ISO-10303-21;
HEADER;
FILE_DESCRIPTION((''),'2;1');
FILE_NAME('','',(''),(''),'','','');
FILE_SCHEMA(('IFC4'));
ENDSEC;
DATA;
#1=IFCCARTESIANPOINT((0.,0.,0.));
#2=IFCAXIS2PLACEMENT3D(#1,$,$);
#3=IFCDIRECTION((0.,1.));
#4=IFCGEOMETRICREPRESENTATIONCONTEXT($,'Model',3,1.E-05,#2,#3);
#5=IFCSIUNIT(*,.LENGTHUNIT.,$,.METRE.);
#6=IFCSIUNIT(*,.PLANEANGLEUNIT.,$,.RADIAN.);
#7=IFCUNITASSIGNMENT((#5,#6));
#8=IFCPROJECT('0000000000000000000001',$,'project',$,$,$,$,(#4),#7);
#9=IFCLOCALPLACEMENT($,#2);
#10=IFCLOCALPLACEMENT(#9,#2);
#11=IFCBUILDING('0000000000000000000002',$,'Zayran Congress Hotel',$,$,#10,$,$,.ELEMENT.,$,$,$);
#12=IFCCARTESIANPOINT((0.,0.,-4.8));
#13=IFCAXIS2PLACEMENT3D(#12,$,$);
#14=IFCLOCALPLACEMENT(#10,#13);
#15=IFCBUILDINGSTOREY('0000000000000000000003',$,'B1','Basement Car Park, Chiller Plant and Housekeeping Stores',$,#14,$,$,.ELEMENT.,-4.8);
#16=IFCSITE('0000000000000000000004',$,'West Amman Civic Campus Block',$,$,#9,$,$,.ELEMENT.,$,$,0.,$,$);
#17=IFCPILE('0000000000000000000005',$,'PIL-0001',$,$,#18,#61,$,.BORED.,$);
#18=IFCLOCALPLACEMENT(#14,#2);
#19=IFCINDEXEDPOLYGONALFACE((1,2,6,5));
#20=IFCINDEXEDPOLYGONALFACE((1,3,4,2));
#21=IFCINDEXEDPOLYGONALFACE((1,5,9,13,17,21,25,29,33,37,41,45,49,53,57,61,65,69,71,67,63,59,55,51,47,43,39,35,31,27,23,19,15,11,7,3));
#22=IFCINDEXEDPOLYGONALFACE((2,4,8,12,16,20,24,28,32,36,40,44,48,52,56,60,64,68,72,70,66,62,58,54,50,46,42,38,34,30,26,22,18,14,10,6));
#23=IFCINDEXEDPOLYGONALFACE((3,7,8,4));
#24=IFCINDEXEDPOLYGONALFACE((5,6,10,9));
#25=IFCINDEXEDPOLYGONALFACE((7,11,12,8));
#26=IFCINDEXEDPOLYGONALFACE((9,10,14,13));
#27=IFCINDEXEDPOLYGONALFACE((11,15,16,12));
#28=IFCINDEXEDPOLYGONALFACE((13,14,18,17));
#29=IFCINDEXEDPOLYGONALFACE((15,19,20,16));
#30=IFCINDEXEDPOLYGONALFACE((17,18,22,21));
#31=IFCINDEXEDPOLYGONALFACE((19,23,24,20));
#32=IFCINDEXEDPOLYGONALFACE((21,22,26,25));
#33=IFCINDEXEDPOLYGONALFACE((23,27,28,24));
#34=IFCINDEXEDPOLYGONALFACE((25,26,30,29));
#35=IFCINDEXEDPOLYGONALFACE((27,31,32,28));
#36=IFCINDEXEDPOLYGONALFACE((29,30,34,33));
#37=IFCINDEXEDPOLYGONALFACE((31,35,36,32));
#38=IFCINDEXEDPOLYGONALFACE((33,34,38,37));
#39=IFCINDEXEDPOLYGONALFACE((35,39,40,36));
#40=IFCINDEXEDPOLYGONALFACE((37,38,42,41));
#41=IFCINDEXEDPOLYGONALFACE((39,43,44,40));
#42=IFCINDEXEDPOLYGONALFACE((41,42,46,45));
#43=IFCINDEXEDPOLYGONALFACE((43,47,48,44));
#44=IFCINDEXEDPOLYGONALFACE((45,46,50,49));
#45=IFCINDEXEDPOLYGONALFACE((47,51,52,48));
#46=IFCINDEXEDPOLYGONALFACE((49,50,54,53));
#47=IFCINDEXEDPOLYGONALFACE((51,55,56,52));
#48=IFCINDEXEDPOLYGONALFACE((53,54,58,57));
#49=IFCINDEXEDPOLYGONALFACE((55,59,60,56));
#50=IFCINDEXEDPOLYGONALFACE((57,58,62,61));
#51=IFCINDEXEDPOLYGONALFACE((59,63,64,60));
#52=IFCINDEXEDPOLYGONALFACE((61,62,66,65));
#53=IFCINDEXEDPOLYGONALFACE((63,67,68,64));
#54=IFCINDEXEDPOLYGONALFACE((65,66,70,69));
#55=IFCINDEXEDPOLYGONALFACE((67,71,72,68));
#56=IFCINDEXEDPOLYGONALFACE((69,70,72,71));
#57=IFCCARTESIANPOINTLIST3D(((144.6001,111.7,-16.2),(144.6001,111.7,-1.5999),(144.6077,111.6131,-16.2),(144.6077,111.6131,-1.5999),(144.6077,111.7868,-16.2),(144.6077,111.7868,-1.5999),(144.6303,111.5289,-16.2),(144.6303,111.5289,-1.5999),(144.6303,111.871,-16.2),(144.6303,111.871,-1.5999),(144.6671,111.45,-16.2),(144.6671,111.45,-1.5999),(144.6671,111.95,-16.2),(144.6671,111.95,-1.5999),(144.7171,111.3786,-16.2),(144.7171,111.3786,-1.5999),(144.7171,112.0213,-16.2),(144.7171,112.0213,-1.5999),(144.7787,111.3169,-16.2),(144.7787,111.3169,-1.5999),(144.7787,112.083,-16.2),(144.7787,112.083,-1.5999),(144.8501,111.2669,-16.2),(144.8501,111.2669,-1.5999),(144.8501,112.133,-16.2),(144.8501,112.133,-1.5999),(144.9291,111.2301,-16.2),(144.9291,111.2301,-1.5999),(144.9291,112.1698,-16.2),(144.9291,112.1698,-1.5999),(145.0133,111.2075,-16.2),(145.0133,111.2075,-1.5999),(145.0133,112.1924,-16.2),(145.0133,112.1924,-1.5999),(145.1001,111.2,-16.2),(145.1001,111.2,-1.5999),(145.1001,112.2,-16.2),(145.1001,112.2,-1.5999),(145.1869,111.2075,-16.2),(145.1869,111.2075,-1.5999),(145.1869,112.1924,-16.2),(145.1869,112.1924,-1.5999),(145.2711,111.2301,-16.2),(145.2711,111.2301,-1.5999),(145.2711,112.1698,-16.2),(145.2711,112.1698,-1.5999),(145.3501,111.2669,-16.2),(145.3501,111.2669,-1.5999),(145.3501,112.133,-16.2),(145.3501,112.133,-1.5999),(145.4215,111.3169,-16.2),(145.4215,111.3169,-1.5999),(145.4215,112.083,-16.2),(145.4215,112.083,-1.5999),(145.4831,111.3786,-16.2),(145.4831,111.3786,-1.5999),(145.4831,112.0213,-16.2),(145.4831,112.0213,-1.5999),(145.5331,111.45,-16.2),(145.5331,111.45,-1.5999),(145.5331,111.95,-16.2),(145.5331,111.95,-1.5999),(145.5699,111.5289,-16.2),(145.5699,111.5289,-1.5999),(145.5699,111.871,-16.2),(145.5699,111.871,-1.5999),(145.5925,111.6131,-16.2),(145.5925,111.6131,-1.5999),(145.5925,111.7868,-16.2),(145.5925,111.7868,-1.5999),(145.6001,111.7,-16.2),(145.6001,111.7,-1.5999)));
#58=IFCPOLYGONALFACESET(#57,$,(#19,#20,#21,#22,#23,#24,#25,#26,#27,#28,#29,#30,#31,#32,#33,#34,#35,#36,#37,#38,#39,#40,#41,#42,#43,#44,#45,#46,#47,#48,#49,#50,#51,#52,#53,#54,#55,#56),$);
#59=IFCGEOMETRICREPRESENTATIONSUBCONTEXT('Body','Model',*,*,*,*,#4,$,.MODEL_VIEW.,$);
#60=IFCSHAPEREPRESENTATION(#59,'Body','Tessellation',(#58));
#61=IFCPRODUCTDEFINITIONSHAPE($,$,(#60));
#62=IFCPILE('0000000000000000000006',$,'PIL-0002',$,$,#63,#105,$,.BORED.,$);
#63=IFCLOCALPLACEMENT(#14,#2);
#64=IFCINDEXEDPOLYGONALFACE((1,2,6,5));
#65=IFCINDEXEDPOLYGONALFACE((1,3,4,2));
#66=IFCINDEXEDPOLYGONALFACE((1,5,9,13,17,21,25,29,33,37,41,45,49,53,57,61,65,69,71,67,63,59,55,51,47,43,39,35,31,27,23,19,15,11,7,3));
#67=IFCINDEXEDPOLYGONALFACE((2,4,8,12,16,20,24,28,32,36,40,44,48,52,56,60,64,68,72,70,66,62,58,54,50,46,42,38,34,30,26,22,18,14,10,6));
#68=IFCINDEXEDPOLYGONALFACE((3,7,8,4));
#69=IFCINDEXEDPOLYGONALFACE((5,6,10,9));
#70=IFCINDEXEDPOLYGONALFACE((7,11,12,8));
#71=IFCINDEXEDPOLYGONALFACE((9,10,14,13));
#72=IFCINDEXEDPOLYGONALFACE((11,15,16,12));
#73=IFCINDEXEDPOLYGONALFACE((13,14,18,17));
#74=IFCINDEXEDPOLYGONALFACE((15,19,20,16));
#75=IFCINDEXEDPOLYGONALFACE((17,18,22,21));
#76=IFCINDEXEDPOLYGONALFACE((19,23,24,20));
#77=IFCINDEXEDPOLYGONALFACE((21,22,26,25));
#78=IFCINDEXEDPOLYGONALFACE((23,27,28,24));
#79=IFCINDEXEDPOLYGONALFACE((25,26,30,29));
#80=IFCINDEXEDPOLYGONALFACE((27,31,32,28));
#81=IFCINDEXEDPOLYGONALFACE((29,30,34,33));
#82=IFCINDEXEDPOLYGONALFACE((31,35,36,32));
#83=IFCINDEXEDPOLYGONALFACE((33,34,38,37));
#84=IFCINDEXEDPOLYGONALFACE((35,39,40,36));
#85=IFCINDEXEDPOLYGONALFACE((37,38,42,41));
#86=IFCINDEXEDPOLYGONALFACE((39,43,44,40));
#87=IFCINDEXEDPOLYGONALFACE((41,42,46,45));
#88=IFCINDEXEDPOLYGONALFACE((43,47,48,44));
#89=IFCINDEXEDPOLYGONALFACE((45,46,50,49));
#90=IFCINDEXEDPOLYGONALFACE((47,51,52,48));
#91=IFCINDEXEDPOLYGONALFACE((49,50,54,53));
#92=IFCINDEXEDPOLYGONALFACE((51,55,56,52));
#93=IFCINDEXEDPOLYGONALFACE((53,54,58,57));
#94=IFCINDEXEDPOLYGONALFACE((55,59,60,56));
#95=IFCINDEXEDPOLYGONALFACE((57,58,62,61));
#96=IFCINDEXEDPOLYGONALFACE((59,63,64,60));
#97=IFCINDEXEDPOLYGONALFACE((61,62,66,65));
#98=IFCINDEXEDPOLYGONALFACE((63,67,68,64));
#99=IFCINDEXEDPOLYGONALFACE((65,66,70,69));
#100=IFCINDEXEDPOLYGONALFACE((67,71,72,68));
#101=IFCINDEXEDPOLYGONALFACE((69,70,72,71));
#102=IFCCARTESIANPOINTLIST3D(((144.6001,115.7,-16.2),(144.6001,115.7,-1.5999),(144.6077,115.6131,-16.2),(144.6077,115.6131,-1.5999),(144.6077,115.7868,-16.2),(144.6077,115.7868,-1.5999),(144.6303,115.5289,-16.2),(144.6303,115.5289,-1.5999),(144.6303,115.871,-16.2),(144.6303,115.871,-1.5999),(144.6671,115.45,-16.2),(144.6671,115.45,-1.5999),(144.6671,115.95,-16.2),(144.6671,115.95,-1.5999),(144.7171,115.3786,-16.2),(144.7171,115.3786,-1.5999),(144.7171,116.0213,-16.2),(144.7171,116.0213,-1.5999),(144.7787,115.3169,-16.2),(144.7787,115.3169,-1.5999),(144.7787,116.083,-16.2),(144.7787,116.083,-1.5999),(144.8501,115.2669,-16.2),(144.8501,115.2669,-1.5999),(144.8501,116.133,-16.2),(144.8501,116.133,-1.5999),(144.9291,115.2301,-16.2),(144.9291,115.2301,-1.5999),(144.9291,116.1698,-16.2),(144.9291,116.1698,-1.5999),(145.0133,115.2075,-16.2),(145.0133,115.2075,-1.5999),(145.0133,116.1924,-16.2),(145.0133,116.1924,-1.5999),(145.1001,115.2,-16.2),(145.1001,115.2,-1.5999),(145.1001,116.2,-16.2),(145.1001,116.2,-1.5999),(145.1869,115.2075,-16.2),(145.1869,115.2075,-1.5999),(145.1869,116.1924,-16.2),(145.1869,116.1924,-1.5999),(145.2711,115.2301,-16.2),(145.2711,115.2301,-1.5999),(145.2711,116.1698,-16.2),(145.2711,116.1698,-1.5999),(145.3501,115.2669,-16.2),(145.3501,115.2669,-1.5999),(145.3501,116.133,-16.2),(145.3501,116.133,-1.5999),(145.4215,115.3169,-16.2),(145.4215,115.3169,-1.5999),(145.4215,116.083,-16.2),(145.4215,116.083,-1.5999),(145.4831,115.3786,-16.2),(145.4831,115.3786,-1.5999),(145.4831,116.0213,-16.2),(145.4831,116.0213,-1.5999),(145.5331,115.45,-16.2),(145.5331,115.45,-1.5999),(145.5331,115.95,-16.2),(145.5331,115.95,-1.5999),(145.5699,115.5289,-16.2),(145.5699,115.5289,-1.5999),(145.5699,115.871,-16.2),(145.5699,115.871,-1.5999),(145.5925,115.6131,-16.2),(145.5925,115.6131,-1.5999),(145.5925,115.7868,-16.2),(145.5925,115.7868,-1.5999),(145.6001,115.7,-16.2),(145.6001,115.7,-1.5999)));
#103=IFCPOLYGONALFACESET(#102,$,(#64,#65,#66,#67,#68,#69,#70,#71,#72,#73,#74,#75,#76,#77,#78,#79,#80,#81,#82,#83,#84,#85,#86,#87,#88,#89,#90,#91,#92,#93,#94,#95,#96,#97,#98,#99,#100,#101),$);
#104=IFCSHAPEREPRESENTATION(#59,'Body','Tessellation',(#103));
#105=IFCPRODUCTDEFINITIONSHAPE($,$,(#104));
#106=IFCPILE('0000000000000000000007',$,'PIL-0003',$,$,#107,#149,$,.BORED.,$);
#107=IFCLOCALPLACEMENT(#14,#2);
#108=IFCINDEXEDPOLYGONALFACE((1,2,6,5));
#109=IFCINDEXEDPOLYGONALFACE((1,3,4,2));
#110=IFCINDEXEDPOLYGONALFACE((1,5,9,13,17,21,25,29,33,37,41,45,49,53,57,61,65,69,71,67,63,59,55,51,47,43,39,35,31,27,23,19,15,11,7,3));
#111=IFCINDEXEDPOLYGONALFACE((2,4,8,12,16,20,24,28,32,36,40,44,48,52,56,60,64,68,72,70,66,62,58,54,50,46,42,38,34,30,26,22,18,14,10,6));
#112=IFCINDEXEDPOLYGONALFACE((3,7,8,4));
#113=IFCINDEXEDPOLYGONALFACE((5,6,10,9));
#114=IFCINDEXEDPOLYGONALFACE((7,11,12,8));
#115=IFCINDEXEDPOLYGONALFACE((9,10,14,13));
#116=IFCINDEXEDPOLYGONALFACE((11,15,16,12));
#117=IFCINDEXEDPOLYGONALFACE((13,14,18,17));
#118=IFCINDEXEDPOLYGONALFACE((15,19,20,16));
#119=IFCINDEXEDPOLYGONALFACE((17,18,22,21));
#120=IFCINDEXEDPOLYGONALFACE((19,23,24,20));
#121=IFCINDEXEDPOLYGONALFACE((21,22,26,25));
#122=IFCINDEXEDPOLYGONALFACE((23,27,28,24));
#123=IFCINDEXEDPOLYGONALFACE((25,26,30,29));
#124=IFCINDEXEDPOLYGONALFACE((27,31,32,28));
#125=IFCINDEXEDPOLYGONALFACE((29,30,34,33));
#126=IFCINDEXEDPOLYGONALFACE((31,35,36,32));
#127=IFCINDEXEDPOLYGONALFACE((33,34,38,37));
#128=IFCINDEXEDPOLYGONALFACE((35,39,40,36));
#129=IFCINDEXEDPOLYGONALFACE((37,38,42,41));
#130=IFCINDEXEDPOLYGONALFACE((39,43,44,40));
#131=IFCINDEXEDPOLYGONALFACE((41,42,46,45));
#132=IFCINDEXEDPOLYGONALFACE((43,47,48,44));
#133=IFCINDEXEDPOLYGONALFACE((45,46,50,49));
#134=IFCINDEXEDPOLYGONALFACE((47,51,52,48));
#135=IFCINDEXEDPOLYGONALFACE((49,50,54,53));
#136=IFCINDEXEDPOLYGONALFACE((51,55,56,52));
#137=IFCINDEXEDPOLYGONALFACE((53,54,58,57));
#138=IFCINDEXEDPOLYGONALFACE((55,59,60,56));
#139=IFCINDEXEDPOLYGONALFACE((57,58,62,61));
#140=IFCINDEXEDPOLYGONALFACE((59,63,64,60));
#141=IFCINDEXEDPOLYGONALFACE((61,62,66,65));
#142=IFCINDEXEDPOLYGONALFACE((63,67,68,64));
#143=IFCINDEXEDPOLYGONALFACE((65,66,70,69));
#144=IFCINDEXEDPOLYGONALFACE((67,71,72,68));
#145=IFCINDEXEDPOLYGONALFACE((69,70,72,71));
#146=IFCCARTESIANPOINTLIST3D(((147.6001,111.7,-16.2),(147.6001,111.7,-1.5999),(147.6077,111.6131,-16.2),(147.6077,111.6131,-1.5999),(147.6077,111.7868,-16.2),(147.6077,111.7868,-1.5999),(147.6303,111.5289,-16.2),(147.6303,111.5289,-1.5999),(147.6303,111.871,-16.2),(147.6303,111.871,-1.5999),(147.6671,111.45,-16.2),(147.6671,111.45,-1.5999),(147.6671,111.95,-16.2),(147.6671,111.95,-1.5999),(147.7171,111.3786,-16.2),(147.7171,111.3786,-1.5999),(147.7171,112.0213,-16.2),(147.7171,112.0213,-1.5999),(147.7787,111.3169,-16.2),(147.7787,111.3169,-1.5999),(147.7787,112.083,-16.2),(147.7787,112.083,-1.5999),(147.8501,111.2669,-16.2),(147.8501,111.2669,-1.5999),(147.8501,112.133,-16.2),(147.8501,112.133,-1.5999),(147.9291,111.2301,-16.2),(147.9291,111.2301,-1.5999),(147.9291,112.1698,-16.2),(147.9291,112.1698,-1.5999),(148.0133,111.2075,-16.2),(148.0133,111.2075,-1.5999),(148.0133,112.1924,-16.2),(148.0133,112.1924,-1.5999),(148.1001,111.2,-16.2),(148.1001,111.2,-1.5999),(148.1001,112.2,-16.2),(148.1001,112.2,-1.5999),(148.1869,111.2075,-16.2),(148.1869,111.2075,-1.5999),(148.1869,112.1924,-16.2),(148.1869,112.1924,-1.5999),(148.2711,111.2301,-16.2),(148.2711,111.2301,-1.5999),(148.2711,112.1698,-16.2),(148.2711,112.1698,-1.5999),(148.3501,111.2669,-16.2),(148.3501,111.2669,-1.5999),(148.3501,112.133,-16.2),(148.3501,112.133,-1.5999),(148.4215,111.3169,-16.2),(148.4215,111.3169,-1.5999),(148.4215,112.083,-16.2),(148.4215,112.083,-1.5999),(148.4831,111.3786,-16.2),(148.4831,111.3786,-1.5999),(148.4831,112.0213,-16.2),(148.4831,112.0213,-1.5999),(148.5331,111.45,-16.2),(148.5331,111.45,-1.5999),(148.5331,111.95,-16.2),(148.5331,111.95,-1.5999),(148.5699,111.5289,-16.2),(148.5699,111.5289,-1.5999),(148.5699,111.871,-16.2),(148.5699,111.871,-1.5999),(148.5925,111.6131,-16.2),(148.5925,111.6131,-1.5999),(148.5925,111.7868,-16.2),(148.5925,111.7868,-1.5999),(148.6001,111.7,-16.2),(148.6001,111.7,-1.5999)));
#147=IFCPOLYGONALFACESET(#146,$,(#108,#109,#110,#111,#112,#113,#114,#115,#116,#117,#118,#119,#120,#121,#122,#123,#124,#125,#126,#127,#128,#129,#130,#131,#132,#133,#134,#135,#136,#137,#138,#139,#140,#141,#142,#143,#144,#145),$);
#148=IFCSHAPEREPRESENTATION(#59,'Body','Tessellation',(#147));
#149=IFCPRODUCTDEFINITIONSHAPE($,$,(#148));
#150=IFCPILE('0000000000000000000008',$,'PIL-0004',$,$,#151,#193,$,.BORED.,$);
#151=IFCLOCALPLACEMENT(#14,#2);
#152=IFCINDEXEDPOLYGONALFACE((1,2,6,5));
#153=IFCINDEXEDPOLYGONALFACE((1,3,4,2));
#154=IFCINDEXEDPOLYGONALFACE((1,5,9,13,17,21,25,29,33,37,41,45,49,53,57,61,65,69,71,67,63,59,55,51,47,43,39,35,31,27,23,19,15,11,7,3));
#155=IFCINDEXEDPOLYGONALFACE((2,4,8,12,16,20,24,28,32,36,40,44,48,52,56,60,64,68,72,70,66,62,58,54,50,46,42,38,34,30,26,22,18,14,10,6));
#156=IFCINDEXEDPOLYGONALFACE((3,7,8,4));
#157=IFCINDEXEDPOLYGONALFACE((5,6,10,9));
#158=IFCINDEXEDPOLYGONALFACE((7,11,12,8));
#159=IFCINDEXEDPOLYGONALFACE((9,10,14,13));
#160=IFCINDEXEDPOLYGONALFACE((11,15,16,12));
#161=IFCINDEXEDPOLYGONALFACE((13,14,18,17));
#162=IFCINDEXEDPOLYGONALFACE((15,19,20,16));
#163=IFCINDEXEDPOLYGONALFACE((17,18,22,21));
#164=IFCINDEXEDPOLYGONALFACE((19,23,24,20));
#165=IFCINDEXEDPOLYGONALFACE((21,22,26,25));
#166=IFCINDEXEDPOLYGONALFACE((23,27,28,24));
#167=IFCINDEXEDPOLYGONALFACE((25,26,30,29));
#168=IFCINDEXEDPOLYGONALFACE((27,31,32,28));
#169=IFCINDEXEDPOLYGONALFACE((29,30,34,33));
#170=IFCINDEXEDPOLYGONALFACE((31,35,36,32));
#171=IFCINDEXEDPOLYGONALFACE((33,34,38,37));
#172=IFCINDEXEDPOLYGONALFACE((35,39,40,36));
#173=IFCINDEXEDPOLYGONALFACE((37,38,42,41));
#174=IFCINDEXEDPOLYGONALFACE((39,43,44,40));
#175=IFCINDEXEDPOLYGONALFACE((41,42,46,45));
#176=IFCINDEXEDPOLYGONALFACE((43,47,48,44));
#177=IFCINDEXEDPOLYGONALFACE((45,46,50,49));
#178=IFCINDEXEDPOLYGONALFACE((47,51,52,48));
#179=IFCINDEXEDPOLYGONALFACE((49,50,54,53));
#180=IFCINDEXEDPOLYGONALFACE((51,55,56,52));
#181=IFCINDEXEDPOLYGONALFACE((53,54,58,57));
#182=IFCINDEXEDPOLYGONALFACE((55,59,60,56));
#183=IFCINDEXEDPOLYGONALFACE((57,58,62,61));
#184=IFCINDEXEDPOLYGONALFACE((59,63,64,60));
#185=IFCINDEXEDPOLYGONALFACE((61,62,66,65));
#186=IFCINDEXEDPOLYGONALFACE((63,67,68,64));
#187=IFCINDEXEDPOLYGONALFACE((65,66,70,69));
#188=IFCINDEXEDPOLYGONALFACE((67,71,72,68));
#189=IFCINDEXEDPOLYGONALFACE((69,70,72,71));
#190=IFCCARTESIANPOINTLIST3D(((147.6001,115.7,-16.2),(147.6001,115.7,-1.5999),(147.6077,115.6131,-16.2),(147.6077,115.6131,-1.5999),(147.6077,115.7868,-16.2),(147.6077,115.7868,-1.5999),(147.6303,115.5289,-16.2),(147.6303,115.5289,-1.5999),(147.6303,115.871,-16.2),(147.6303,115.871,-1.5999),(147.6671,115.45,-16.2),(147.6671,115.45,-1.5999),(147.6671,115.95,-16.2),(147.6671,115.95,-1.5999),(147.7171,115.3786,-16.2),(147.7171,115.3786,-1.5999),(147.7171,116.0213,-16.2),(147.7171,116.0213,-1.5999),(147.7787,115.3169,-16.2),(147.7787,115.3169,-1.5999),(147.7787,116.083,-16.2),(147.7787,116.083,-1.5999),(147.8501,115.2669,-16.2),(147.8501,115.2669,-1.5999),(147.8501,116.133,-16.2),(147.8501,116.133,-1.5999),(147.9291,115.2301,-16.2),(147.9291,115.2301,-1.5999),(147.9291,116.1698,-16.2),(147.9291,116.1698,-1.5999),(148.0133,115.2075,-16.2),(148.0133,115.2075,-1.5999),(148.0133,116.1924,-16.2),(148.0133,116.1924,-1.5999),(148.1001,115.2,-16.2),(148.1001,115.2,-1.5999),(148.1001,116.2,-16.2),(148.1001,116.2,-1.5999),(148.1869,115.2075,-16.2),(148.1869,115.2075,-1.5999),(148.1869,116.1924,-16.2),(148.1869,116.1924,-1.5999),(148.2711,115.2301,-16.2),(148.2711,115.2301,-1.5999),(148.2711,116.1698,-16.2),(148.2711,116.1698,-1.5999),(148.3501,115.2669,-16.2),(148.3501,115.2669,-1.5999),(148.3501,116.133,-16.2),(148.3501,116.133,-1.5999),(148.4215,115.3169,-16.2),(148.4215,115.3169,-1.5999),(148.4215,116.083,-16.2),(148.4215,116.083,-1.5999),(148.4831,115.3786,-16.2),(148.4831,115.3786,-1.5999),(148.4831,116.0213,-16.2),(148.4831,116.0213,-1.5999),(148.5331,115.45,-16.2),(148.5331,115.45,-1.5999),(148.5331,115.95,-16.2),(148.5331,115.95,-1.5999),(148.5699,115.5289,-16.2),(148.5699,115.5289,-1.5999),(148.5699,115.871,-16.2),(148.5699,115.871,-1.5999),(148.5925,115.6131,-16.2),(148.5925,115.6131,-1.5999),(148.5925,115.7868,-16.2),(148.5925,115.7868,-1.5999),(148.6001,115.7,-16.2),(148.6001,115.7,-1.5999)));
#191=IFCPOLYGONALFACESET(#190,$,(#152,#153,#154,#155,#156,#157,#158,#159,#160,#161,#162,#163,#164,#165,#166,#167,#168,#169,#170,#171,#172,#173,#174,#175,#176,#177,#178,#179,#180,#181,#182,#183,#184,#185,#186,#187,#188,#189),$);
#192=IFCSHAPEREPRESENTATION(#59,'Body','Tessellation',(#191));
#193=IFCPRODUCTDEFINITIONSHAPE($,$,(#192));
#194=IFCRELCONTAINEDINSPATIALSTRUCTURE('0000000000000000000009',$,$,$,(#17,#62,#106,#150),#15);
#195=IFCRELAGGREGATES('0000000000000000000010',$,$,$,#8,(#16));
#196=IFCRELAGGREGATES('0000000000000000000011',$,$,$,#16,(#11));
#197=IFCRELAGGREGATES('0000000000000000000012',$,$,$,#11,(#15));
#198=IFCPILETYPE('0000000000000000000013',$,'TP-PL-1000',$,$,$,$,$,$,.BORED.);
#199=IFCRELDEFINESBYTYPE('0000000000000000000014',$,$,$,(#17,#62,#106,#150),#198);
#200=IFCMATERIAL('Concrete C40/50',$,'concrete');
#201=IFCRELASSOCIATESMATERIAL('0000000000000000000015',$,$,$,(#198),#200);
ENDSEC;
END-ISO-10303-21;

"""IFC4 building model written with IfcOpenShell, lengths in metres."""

from ifc_helpers import new_model, si_unit, direction, frame, origin, origin_2d, place, context, subcontext, project, spatial, circle, extrude, material, material_profile, profile_set, type_object, element, save


model = new_model("IFC4")

# Units and contexts
model_context = context("Model", 3, precision=1e-05, world=origin(), true_north=direction((0.0, 1.0)))
body_context = subcontext(model_context, "Body", "Model", "MODEL_VIEW")
ifc_project = project(units=[si_unit("LENGTHUNIT", "METRE"), si_unit("PLANEANGLEUNIT", "RADIAN")], contexts=[model_context])

# Site, building, storey
site_placement = place(None, origin())
site = spatial("IfcSite", under=ifc_project, at=site_placement, Name="West Amman Civic Campus Block", CompositionType="ELEMENT", RefElevation=0.0)
building_placement = place(site_placement, origin())
building = spatial("IfcBuilding", under=site, at=building_placement, Name="Zayran Congress Hotel", CompositionType="ELEMENT")
storey_placement = place(building_placement, frame((0.0, 0.0, -4.8)))
storey = spatial("IfcBuildingStorey", under=building, at=storey_placement, Name="B1", Description="Basement Car Park, Chiller Plant and Housekeeping Stores", CompositionType="ELEMENT", Elevation=-4.8)

# Piles
ifc_material_1 = material(Name="Concrete C40/50", Category="concrete")
ifc_material_profile_1 = material_profile(ifc_material_1, circle(Radius=0.5, at=origin_2d()), Name="PILE D1000")
ifc_profile_set_1 = profile_set([ifc_material_profile_1], Name="Concrete C40/50")
pile_type_1 = type_object("IfcPileType", Name="TP-PL-1000", PredefinedType="BORED", material=ifc_profile_set_1)
for number, where, z_axis, x_axis, name in (
    (1, (145.1001, 111.7, -1.5999), (0.0, 0.0, -1.0), (1.0, 0.0, 0.0), "PIL-0001"),
    (2, (145.1001, 115.7, -1.5999), (0.0, 0.0, -1.0), (1.0, 0.0, 0.0), "PIL-0002"),
    (3, (148.1001, 111.7, -1.5999), (0.0, 0.0, -1.0), (1.0, 0.0, 0.0), "PIL-0003"),
    (4, (148.1001, 115.7, -1.5999), (0.0, 0.0, -1.0), (1.0, 0.0, 0.0), "PIL-0004"),
):
    element("IfcPile", number, at=place(storey_placement, frame(where, z_axis=z_axis, x_axis=x_axis)), inside=storey, type_object=pile_type_1, Name=name, PredefinedType="BORED", context=body_context, shape_type="SweptSolid", body=[
        extrude(circle(Radius=0.5, at=origin_2d()), origin(), (0.0, 0.0, 1.0), 14.6001),
    ])

save(model, "model.ifc")
